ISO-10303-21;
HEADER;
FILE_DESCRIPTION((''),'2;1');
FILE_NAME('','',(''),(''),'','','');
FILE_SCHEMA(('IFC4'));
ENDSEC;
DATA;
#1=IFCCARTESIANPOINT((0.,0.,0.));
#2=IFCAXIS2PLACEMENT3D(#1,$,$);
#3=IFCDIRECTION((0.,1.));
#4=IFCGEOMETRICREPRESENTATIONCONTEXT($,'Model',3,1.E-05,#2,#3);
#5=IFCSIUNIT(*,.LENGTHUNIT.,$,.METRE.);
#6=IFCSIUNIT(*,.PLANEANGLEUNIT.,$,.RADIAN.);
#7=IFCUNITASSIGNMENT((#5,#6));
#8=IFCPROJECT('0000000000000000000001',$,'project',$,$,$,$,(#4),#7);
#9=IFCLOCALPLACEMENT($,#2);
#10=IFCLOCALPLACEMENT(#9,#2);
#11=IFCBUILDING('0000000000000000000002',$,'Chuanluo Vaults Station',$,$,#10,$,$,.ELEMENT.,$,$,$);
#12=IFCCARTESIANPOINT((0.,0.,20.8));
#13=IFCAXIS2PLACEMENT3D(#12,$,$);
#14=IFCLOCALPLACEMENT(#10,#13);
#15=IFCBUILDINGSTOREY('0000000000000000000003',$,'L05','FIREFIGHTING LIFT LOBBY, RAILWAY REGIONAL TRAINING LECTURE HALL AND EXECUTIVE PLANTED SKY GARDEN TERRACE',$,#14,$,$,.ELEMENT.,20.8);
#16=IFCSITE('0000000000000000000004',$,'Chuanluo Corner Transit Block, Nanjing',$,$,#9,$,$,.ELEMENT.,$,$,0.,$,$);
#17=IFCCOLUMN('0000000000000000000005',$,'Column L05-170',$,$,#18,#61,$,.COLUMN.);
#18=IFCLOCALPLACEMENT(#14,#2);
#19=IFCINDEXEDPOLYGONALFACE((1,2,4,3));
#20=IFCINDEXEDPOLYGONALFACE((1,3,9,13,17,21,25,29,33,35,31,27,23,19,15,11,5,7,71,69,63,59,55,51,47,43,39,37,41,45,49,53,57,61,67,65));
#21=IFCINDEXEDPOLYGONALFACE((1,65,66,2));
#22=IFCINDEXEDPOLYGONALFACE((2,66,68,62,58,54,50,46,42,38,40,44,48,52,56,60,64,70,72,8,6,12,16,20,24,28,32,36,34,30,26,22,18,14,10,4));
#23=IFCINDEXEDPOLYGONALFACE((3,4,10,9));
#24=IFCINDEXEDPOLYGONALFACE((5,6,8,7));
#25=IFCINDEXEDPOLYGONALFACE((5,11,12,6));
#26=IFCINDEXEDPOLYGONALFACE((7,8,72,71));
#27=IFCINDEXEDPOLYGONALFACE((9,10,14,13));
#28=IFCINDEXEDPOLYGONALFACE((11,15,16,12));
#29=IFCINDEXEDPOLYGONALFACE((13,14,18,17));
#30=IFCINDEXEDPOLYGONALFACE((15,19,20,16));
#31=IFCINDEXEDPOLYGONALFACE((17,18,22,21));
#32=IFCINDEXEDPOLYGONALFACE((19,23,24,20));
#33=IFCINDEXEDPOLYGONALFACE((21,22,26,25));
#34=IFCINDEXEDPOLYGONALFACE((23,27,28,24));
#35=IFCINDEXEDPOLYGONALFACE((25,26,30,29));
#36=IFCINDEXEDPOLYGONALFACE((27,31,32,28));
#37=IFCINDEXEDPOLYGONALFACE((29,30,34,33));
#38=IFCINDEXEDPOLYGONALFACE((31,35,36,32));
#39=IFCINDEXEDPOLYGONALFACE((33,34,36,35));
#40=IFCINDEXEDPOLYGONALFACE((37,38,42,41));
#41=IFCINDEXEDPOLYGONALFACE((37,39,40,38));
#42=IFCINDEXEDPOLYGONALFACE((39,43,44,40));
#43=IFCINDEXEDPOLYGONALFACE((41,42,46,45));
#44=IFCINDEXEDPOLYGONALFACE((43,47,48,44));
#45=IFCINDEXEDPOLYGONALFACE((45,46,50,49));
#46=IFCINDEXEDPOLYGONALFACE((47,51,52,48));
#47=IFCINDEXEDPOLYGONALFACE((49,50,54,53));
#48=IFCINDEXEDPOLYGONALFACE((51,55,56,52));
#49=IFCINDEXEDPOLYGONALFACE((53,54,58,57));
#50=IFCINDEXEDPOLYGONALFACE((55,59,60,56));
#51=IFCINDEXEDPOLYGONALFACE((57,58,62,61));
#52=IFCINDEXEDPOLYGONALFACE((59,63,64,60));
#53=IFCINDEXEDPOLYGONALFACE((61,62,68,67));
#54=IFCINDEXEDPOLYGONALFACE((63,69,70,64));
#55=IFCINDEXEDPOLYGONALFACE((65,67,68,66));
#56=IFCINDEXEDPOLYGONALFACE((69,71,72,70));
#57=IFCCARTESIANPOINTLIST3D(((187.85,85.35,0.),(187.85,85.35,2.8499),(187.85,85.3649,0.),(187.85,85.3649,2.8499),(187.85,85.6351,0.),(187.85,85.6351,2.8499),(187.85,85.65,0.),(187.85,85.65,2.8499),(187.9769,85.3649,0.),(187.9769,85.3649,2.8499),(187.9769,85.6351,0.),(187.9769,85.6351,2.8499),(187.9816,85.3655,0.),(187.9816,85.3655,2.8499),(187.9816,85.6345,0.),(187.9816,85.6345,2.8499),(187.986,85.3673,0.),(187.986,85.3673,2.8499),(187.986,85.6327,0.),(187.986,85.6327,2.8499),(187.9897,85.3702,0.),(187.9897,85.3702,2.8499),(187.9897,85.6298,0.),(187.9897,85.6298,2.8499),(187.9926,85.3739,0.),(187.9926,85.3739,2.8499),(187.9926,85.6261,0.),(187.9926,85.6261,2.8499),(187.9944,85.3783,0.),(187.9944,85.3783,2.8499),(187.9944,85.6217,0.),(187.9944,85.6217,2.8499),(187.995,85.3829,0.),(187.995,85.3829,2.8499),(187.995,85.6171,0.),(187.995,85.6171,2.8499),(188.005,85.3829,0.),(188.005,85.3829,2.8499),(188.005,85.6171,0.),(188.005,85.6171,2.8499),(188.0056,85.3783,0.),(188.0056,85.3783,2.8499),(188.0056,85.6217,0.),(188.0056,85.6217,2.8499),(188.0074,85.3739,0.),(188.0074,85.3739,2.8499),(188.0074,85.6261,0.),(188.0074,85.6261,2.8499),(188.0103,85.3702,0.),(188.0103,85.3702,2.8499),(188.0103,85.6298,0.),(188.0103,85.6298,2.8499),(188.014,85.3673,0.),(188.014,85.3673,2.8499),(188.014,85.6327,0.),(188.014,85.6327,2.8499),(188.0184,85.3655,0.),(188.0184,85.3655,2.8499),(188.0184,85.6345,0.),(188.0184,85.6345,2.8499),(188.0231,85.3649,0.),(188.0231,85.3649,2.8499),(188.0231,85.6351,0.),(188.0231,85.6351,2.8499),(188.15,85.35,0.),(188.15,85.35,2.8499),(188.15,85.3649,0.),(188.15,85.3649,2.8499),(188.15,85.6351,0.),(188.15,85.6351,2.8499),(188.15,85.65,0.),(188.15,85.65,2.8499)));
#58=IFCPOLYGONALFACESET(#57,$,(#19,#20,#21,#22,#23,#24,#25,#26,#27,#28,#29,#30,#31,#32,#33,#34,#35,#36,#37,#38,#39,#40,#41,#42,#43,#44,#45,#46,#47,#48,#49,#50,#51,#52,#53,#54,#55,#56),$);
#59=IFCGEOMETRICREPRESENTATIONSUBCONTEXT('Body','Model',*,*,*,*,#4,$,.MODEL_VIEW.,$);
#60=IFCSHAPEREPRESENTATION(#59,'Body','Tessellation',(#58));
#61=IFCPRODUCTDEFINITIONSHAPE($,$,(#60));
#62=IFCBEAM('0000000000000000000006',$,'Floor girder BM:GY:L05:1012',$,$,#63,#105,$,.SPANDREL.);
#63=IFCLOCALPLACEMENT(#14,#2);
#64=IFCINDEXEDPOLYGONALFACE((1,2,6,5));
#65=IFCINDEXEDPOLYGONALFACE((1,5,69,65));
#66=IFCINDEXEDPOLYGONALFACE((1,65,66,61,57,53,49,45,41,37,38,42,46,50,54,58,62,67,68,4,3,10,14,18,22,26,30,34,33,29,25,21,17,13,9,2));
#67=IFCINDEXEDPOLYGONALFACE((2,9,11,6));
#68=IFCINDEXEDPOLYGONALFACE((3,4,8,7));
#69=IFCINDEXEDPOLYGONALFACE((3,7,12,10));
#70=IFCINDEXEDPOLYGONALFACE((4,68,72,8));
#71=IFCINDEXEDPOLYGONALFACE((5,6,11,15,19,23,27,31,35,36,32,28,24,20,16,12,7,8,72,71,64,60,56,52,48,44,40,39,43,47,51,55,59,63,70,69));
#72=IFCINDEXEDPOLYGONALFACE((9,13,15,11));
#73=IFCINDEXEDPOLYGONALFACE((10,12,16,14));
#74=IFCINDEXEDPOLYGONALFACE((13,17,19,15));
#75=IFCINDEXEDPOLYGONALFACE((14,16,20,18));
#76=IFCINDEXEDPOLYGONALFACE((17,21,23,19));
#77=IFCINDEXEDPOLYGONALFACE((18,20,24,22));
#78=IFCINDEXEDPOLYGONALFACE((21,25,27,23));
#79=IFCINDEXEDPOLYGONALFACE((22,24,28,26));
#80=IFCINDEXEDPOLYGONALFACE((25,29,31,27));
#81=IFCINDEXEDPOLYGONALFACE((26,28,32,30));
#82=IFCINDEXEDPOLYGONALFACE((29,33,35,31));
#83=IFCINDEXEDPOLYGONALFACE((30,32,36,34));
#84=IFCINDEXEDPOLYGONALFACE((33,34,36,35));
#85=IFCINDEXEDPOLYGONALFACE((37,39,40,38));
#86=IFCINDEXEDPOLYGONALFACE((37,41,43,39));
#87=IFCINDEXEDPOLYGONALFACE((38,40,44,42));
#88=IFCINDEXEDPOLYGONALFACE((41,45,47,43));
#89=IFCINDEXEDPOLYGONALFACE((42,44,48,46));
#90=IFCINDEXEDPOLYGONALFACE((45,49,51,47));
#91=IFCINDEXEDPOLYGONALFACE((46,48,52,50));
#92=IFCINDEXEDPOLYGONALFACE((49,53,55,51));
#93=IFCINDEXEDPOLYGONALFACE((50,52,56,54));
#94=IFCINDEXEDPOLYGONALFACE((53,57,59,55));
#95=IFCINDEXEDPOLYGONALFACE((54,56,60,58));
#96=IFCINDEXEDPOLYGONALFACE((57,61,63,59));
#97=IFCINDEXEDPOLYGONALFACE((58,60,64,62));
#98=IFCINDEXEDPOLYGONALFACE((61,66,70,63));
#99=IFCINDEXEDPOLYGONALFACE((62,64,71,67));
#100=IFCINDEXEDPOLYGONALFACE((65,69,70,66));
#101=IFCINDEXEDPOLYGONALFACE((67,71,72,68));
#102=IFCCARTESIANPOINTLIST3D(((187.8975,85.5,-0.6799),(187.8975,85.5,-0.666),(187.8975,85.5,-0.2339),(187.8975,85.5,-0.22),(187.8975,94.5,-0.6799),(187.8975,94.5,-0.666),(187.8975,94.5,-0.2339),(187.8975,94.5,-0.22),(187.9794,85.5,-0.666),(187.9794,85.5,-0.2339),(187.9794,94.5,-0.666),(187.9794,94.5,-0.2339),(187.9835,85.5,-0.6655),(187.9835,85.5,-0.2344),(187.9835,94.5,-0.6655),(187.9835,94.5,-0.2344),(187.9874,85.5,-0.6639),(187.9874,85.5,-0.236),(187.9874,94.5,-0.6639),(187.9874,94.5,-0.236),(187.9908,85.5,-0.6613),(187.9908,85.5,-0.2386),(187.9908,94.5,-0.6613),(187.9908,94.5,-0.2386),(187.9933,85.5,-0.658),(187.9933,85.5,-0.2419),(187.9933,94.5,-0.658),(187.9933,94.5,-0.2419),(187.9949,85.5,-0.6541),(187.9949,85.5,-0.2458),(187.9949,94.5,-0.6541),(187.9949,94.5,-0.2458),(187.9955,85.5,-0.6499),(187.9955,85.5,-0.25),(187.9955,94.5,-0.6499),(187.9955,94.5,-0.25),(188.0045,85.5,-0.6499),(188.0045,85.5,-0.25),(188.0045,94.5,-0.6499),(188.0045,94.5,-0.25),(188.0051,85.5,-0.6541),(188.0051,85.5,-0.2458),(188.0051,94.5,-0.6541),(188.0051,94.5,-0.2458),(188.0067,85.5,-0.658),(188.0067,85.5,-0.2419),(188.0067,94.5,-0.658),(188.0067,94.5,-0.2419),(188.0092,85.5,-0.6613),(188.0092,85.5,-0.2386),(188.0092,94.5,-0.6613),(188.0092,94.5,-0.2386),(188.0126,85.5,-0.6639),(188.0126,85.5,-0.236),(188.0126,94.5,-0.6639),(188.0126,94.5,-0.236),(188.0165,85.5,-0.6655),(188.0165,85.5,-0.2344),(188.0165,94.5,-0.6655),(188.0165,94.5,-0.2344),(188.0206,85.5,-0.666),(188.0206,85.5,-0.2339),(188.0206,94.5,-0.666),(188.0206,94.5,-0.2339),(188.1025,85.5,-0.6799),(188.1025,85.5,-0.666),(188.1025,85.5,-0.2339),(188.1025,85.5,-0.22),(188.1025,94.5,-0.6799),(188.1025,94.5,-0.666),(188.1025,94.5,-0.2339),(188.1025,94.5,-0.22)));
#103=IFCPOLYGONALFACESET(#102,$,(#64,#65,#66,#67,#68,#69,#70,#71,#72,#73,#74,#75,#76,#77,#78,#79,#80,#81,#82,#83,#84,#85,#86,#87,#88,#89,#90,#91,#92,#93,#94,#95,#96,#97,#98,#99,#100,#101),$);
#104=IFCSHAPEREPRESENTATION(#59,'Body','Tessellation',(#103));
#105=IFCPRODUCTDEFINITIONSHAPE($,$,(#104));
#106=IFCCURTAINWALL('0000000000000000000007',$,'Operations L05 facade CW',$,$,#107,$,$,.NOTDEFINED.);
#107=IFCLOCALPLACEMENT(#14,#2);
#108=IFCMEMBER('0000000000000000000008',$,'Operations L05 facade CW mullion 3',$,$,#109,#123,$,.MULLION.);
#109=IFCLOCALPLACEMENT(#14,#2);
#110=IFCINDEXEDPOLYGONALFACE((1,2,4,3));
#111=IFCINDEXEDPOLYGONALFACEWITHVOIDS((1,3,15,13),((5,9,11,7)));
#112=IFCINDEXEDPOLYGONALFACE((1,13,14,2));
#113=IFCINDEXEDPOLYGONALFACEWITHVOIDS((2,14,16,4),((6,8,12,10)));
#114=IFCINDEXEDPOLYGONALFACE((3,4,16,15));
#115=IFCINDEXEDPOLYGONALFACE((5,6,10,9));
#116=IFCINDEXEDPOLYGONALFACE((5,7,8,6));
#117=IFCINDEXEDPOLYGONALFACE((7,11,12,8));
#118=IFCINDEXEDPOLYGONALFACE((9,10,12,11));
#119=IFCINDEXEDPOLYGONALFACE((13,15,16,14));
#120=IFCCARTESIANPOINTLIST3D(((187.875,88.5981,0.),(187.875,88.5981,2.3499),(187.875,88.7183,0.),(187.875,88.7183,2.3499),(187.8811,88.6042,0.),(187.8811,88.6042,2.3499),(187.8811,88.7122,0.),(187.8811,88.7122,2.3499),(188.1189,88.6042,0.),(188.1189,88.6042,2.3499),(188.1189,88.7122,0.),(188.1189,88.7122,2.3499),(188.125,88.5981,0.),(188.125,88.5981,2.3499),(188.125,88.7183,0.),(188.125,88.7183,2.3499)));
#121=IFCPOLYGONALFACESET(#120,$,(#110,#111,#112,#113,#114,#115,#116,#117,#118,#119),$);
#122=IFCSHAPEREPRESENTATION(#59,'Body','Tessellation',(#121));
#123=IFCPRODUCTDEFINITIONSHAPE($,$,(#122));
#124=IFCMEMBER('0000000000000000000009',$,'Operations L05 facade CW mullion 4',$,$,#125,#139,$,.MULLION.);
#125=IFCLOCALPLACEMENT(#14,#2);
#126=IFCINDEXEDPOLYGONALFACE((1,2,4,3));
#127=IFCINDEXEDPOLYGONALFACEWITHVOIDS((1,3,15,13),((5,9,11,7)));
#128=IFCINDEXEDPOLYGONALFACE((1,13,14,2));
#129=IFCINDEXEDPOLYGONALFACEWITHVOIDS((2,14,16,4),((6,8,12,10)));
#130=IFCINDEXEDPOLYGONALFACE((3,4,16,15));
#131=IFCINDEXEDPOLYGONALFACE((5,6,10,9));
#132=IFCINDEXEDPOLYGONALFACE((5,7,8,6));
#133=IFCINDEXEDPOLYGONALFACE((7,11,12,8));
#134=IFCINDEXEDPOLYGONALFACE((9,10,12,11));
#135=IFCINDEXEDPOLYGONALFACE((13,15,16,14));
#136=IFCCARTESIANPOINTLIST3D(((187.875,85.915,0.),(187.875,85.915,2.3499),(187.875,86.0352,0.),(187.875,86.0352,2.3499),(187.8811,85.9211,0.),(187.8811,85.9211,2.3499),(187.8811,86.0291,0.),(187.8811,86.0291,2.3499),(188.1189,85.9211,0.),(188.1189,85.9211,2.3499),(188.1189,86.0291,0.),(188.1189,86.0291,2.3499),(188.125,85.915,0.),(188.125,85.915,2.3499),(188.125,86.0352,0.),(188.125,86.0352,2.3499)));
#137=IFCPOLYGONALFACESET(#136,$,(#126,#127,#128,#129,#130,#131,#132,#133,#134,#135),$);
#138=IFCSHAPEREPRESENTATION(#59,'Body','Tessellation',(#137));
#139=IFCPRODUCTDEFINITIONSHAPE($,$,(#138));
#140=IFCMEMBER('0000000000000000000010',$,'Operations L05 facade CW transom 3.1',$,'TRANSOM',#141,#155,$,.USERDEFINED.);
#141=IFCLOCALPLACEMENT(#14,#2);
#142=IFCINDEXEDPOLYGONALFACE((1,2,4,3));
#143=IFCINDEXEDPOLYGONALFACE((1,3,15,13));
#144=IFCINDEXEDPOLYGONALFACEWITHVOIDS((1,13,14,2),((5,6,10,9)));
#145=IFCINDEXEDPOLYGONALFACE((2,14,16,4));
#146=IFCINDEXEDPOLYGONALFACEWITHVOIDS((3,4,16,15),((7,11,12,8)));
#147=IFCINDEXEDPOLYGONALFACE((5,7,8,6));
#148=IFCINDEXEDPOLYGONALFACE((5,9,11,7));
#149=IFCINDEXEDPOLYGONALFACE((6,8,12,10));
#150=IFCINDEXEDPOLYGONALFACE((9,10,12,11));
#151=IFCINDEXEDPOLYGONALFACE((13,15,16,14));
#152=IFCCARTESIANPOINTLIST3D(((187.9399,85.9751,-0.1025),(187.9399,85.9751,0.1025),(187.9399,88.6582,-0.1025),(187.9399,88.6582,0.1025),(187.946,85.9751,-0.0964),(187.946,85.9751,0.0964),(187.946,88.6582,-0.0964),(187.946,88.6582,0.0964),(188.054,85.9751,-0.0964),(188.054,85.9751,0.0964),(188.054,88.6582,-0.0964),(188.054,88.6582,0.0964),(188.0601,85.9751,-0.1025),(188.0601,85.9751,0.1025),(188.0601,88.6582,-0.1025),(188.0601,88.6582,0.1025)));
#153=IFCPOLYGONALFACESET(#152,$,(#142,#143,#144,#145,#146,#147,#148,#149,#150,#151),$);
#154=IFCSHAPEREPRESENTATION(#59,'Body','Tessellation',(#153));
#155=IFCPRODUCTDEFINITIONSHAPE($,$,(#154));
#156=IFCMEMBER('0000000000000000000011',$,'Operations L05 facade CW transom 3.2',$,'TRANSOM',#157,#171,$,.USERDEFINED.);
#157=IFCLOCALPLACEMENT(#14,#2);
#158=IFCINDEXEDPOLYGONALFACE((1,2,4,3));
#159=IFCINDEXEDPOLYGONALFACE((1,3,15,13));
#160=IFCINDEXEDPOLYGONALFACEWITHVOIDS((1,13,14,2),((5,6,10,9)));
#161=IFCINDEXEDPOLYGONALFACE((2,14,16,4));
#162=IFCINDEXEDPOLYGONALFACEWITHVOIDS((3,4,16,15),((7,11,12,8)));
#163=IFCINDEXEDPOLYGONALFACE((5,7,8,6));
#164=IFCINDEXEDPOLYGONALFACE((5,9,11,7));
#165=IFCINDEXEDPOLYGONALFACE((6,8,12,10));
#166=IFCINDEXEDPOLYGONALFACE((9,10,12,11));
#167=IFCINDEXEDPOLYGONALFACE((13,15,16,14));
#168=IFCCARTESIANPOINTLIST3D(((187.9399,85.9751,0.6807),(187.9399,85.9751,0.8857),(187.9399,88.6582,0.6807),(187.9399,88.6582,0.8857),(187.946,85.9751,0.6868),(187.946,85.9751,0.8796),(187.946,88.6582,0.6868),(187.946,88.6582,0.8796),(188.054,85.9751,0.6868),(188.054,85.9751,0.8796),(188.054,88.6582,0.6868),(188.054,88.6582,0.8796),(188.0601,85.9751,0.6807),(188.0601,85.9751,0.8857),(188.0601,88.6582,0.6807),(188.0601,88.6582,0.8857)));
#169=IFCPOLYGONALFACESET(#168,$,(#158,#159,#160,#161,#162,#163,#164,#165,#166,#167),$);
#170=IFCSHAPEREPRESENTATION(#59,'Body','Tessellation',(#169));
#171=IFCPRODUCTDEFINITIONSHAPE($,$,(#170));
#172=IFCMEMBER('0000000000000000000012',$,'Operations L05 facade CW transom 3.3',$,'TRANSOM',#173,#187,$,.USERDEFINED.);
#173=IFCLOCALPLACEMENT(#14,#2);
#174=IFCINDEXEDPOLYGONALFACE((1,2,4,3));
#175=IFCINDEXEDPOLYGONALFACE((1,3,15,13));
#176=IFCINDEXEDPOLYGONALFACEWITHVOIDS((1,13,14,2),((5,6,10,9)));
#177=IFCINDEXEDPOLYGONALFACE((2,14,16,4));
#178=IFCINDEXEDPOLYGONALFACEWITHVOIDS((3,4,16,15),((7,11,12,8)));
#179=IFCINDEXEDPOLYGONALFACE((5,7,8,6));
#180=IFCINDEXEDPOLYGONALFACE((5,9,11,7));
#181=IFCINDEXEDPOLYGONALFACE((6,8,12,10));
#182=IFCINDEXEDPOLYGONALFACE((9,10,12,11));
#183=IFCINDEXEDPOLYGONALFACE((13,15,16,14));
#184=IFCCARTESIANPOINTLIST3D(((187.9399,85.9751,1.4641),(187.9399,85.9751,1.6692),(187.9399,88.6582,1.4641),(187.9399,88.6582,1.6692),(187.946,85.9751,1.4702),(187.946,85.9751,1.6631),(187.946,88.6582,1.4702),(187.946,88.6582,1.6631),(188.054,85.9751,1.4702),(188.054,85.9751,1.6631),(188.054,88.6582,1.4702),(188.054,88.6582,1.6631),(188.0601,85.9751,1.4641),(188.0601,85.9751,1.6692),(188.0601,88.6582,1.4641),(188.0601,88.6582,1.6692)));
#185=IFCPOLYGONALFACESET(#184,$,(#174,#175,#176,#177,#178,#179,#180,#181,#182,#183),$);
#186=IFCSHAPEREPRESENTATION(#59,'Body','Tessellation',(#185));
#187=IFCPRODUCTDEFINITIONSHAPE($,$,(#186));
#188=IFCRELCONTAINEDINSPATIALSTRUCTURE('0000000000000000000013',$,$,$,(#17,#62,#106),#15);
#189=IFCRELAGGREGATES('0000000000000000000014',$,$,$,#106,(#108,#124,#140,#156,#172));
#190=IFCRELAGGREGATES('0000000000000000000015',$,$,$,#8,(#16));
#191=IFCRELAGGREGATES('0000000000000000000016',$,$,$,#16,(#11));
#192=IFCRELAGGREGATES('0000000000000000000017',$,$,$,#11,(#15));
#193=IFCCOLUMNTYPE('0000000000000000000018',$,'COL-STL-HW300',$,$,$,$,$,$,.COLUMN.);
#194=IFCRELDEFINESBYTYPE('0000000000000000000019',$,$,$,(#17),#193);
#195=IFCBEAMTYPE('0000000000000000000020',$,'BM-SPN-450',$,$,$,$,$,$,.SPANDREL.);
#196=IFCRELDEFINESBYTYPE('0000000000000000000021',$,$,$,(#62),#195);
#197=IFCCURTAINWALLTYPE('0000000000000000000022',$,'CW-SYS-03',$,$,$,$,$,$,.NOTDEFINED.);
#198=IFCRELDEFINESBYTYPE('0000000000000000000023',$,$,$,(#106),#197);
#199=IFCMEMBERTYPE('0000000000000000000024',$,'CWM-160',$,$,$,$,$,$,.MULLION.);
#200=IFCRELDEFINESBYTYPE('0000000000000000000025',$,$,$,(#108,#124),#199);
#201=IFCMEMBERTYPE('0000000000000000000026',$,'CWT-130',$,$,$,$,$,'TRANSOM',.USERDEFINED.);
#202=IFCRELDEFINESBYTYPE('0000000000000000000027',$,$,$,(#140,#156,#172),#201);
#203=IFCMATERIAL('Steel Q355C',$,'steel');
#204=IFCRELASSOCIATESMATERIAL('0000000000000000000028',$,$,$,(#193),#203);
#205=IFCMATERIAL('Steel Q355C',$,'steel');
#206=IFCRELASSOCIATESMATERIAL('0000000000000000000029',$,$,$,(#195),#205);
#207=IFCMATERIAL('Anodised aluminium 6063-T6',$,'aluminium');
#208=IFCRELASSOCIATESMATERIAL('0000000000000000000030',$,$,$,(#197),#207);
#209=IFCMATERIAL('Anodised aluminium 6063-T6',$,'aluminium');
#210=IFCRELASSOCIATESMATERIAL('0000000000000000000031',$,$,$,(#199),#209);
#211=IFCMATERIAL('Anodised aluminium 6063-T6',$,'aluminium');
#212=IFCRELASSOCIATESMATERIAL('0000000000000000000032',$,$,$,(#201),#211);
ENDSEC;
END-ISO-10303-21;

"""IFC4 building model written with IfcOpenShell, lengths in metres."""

from ifc_helpers import new_model, si_unit, direction, frame, origin, origin_2d, place, context, subcontext, project, spatial, hollow_rectangle, i_section, extrude, material, material_profile, profile_set, type_object, element, aggregate, save


model = new_model("IFC4")

# Units and contexts
model_context = context("Model", 3, precision=1e-05, world=origin(), true_north=direction((0.0, 1.0)))
body_context = subcontext(model_context, "Body", "Model", "MODEL_VIEW")
ifc_project = project(units=[si_unit("LENGTHUNIT", "METRE"), si_unit("PLANEANGLEUNIT", "RADIAN")], contexts=[model_context])

# Site, building, storey
site_placement = place(None, origin())
site = spatial("IfcSite", under=ifc_project, at=site_placement, Name="Chuanluo Corner Transit Block, Nanjing", CompositionType="ELEMENT", RefElevation=0.0)
building_placement = place(site_placement, origin())
building = spatial("IfcBuilding", under=site, at=building_placement, Name="Chuanluo Vaults Station", CompositionType="ELEMENT")
storey_placement = place(building_placement, frame((0.0, 0.0, 20.8)))
storey = spatial("IfcBuildingStorey", under=building, at=storey_placement, Name="L05", Description="FIREFIGHTING LIFT LOBBY, RAILWAY REGIONAL TRAINING LECTURE HALL AND EXECUTIVE PLANTED SKY GARDEN TERRACE", CompositionType="ELEMENT", Elevation=20.8)

# Column
ifc_material_1 = material(Name="Steel Q355C", Category="steel")
ifc_material_profile_1 = material_profile(ifc_material_1, i_section(OverallWidth=0.3, OverallDepth=0.3, WebThickness=0.01, FlangeThickness=0.0149, FilletRadius=0.0181, at=origin_2d()))
ifc_profile_set_1 = profile_set([ifc_material_profile_1], Name="Steel Q355C")
column_type = type_object("IfcColumnType", Name="COL-STL-HW300", PredefinedType="COLUMN", material=ifc_profile_set_1)
column_placement = place(storey_placement, frame((188.0, 85.5, 0.0), z_axis=(0.0, 0.0, 1.0), x_axis=(1.0, 0.0, 0.0)))
element("IfcColumn", 1, at=column_placement, inside=storey, type_object=column_type, Name="Column L05-170", PredefinedType="COLUMN", context=body_context, shape_type="SweptSolid", body=[
    extrude(i_section(OverallWidth=0.3, OverallDepth=0.3, WebThickness=0.01, FlangeThickness=0.0149, FilletRadius=0.0181, at=origin_2d()), origin(), (0.0, 0.0, 1.0), 2.8499),
])

# Beam
ifc_material_2 = material(Name="Steel Q355C", Category="steel")
ifc_material_profile_2 = material_profile(ifc_material_2, i_section(OverallWidth=0.2051, OverallDepth=0.46, WebThickness=0.009, FlangeThickness=0.0139, FilletRadius=0.0161, at=origin_2d()))
ifc_profile_set_2 = profile_set([ifc_material_profile_2], Name="Steel Q355C")
beam_type = type_object("IfcBeamType", Name="BM-SPN-450", PredefinedType="SPANDREL", material=ifc_profile_set_2)
beam_placement = place(storey_placement, frame((188.0, 85.5, -0.45), z_axis=(0.0, 1.0, 0.0), x_axis=(-1.0, 0.0, 0.0)))
element("IfcBeam", 2, at=beam_placement, inside=storey, type_object=beam_type, Name="Floor girder BM:GY:L05:1012", PredefinedType="SPANDREL", context=body_context, shape_type="SweptSolid", body=[
    extrude(i_section(OverallWidth=0.2051, OverallDepth=0.46, WebThickness=0.009, FlangeThickness=0.0139, FilletRadius=0.0161, at=origin_2d()), origin(), (0.0, 0.0, 1.0), 9.0),
])

# Curtain wall, members
ifc_material_3 = material(Name="Anodised aluminium 6063-T6", Category="aluminium")
curtain_wall_type = type_object("IfcCurtainWallType", Name="CW-SYS-03", PredefinedType="NOTDEFINED", material=ifc_material_3)
curtain_wall_placement = place(storey_placement, origin())
curtain_wall = element("IfcCurtainWall", 3, at=curtain_wall_placement, inside=storey, type_object=curtain_wall_type, Name="Operations L05 facade CW", PredefinedType="NOTDEFINED")
ifc_material_4 = material(Name="Anodised aluminium 6063-T6", Category="aluminium")
ifc_material_profile_3 = material_profile(ifc_material_4, hollow_rectangle(XDim=0.1201, YDim=0.25, WallThickness=0.0061, at=origin_2d()))
ifc_profile_set_3 = profile_set([ifc_material_profile_3], Name="Anodised aluminium 6063-T6")
member_type_1 = type_object("IfcMemberType", Name="CWM-160", PredefinedType="MULLION", material=ifc_profile_set_3)
member_1_placement = place(storey_placement, frame((188.0, 88.6582, 0.0), z_axis=(0.0, 0.0, 1.0), x_axis=(0.0, -1.0, 0.0)))
member_1 = element("IfcMember", 4, at=member_1_placement, type_object=member_type_1, Name="Operations L05 facade CW mullion 3", PredefinedType="MULLION", context=body_context, shape_type="SweptSolid", body=[
    extrude(hollow_rectangle(XDim=0.1201, YDim=0.25, WallThickness=0.0061, at=origin_2d()), origin(), (0.0, 0.0, 1.0), 2.3499),
])
member_2_placement = place(storey_placement, frame((188.0, 85.9751, 0.0), z_axis=(0.0, 0.0, 1.0), x_axis=(0.0, -1.0, 0.0)))
member_2 = element("IfcMember", 5, at=member_2_placement, type_object=member_type_1, Name="Operations L05 facade CW mullion 4", PredefinedType="MULLION", context=body_context, shape_type="SweptSolid", body=[
    extrude(hollow_rectangle(XDim=0.1201, YDim=0.25, WallThickness=0.0061, at=origin_2d()), origin(), (0.0, 0.0, 1.0), 2.3499),
])
ifc_material_5 = material(Name="Anodised aluminium 6063-T6", Category="aluminium")
ifc_material_profile_4 = material_profile(ifc_material_5, hollow_rectangle(XDim=0.1201, YDim=0.2051, WallThickness=0.0061, at=origin_2d()))
ifc_profile_set_4 = profile_set([ifc_material_profile_4], Name="Anodised aluminium 6063-T6")
member_type_2 = type_object("IfcMemberType", Name="CWT-130", ElementType="TRANSOM", PredefinedType="USERDEFINED", material=ifc_profile_set_4)
member_3_placement = place(storey_placement, frame((188.0, 88.6582, 0.0), z_axis=(0.0, -1.0, 0.0), x_axis=(1.0, 0.0, 0.0)))
member_3 = element("IfcMember", 6, at=member_3_placement, type_object=member_type_2, Name="Operations L05 facade CW transom 3.1", ObjectType="TRANSOM", PredefinedType="USERDEFINED", context=body_context, shape_type="SweptSolid", body=[
    extrude(hollow_rectangle(XDim=0.1201, YDim=0.2051, WallThickness=0.0061, at=origin_2d()), origin(), (0.0, 0.0, 1.0), 2.6831),
])
member_4_placement = place(storey_placement, frame((188.0, 88.6582, 0.7832), z_axis=(0.0, -1.0, 0.0), x_axis=(1.0, 0.0, 0.0)))
member_4 = element("IfcMember", 7, at=member_4_placement, type_object=member_type_2, Name="Operations L05 facade CW transom 3.2", ObjectType="TRANSOM", PredefinedType="USERDEFINED", context=body_context, shape_type="SweptSolid", body=[
    extrude(hollow_rectangle(XDim=0.1201, YDim=0.2051, WallThickness=0.0061, at=origin_2d()), origin(), (0.0, 0.0, 1.0), 2.6831),
])
member_5_placement = place(storey_placement, frame((188.0, 88.6582, 1.5667), z_axis=(0.0, -1.0, 0.0), x_axis=(1.0, 0.0, 0.0)))
member_5 = element("IfcMember", 8, at=member_5_placement, type_object=member_type_2, Name="Operations L05 facade CW transom 3.3", ObjectType="TRANSOM", PredefinedType="USERDEFINED", context=body_context, shape_type="SweptSolid", body=[
    extrude(hollow_rectangle(XDim=0.1201, YDim=0.2051, WallThickness=0.0061, at=origin_2d()), origin(), (0.0, 0.0, 1.0), 2.6831),
])

aggregate(curtain_wall, [member_1, member_2, member_3, member_4, member_5])

save(model, "model.ifc")
